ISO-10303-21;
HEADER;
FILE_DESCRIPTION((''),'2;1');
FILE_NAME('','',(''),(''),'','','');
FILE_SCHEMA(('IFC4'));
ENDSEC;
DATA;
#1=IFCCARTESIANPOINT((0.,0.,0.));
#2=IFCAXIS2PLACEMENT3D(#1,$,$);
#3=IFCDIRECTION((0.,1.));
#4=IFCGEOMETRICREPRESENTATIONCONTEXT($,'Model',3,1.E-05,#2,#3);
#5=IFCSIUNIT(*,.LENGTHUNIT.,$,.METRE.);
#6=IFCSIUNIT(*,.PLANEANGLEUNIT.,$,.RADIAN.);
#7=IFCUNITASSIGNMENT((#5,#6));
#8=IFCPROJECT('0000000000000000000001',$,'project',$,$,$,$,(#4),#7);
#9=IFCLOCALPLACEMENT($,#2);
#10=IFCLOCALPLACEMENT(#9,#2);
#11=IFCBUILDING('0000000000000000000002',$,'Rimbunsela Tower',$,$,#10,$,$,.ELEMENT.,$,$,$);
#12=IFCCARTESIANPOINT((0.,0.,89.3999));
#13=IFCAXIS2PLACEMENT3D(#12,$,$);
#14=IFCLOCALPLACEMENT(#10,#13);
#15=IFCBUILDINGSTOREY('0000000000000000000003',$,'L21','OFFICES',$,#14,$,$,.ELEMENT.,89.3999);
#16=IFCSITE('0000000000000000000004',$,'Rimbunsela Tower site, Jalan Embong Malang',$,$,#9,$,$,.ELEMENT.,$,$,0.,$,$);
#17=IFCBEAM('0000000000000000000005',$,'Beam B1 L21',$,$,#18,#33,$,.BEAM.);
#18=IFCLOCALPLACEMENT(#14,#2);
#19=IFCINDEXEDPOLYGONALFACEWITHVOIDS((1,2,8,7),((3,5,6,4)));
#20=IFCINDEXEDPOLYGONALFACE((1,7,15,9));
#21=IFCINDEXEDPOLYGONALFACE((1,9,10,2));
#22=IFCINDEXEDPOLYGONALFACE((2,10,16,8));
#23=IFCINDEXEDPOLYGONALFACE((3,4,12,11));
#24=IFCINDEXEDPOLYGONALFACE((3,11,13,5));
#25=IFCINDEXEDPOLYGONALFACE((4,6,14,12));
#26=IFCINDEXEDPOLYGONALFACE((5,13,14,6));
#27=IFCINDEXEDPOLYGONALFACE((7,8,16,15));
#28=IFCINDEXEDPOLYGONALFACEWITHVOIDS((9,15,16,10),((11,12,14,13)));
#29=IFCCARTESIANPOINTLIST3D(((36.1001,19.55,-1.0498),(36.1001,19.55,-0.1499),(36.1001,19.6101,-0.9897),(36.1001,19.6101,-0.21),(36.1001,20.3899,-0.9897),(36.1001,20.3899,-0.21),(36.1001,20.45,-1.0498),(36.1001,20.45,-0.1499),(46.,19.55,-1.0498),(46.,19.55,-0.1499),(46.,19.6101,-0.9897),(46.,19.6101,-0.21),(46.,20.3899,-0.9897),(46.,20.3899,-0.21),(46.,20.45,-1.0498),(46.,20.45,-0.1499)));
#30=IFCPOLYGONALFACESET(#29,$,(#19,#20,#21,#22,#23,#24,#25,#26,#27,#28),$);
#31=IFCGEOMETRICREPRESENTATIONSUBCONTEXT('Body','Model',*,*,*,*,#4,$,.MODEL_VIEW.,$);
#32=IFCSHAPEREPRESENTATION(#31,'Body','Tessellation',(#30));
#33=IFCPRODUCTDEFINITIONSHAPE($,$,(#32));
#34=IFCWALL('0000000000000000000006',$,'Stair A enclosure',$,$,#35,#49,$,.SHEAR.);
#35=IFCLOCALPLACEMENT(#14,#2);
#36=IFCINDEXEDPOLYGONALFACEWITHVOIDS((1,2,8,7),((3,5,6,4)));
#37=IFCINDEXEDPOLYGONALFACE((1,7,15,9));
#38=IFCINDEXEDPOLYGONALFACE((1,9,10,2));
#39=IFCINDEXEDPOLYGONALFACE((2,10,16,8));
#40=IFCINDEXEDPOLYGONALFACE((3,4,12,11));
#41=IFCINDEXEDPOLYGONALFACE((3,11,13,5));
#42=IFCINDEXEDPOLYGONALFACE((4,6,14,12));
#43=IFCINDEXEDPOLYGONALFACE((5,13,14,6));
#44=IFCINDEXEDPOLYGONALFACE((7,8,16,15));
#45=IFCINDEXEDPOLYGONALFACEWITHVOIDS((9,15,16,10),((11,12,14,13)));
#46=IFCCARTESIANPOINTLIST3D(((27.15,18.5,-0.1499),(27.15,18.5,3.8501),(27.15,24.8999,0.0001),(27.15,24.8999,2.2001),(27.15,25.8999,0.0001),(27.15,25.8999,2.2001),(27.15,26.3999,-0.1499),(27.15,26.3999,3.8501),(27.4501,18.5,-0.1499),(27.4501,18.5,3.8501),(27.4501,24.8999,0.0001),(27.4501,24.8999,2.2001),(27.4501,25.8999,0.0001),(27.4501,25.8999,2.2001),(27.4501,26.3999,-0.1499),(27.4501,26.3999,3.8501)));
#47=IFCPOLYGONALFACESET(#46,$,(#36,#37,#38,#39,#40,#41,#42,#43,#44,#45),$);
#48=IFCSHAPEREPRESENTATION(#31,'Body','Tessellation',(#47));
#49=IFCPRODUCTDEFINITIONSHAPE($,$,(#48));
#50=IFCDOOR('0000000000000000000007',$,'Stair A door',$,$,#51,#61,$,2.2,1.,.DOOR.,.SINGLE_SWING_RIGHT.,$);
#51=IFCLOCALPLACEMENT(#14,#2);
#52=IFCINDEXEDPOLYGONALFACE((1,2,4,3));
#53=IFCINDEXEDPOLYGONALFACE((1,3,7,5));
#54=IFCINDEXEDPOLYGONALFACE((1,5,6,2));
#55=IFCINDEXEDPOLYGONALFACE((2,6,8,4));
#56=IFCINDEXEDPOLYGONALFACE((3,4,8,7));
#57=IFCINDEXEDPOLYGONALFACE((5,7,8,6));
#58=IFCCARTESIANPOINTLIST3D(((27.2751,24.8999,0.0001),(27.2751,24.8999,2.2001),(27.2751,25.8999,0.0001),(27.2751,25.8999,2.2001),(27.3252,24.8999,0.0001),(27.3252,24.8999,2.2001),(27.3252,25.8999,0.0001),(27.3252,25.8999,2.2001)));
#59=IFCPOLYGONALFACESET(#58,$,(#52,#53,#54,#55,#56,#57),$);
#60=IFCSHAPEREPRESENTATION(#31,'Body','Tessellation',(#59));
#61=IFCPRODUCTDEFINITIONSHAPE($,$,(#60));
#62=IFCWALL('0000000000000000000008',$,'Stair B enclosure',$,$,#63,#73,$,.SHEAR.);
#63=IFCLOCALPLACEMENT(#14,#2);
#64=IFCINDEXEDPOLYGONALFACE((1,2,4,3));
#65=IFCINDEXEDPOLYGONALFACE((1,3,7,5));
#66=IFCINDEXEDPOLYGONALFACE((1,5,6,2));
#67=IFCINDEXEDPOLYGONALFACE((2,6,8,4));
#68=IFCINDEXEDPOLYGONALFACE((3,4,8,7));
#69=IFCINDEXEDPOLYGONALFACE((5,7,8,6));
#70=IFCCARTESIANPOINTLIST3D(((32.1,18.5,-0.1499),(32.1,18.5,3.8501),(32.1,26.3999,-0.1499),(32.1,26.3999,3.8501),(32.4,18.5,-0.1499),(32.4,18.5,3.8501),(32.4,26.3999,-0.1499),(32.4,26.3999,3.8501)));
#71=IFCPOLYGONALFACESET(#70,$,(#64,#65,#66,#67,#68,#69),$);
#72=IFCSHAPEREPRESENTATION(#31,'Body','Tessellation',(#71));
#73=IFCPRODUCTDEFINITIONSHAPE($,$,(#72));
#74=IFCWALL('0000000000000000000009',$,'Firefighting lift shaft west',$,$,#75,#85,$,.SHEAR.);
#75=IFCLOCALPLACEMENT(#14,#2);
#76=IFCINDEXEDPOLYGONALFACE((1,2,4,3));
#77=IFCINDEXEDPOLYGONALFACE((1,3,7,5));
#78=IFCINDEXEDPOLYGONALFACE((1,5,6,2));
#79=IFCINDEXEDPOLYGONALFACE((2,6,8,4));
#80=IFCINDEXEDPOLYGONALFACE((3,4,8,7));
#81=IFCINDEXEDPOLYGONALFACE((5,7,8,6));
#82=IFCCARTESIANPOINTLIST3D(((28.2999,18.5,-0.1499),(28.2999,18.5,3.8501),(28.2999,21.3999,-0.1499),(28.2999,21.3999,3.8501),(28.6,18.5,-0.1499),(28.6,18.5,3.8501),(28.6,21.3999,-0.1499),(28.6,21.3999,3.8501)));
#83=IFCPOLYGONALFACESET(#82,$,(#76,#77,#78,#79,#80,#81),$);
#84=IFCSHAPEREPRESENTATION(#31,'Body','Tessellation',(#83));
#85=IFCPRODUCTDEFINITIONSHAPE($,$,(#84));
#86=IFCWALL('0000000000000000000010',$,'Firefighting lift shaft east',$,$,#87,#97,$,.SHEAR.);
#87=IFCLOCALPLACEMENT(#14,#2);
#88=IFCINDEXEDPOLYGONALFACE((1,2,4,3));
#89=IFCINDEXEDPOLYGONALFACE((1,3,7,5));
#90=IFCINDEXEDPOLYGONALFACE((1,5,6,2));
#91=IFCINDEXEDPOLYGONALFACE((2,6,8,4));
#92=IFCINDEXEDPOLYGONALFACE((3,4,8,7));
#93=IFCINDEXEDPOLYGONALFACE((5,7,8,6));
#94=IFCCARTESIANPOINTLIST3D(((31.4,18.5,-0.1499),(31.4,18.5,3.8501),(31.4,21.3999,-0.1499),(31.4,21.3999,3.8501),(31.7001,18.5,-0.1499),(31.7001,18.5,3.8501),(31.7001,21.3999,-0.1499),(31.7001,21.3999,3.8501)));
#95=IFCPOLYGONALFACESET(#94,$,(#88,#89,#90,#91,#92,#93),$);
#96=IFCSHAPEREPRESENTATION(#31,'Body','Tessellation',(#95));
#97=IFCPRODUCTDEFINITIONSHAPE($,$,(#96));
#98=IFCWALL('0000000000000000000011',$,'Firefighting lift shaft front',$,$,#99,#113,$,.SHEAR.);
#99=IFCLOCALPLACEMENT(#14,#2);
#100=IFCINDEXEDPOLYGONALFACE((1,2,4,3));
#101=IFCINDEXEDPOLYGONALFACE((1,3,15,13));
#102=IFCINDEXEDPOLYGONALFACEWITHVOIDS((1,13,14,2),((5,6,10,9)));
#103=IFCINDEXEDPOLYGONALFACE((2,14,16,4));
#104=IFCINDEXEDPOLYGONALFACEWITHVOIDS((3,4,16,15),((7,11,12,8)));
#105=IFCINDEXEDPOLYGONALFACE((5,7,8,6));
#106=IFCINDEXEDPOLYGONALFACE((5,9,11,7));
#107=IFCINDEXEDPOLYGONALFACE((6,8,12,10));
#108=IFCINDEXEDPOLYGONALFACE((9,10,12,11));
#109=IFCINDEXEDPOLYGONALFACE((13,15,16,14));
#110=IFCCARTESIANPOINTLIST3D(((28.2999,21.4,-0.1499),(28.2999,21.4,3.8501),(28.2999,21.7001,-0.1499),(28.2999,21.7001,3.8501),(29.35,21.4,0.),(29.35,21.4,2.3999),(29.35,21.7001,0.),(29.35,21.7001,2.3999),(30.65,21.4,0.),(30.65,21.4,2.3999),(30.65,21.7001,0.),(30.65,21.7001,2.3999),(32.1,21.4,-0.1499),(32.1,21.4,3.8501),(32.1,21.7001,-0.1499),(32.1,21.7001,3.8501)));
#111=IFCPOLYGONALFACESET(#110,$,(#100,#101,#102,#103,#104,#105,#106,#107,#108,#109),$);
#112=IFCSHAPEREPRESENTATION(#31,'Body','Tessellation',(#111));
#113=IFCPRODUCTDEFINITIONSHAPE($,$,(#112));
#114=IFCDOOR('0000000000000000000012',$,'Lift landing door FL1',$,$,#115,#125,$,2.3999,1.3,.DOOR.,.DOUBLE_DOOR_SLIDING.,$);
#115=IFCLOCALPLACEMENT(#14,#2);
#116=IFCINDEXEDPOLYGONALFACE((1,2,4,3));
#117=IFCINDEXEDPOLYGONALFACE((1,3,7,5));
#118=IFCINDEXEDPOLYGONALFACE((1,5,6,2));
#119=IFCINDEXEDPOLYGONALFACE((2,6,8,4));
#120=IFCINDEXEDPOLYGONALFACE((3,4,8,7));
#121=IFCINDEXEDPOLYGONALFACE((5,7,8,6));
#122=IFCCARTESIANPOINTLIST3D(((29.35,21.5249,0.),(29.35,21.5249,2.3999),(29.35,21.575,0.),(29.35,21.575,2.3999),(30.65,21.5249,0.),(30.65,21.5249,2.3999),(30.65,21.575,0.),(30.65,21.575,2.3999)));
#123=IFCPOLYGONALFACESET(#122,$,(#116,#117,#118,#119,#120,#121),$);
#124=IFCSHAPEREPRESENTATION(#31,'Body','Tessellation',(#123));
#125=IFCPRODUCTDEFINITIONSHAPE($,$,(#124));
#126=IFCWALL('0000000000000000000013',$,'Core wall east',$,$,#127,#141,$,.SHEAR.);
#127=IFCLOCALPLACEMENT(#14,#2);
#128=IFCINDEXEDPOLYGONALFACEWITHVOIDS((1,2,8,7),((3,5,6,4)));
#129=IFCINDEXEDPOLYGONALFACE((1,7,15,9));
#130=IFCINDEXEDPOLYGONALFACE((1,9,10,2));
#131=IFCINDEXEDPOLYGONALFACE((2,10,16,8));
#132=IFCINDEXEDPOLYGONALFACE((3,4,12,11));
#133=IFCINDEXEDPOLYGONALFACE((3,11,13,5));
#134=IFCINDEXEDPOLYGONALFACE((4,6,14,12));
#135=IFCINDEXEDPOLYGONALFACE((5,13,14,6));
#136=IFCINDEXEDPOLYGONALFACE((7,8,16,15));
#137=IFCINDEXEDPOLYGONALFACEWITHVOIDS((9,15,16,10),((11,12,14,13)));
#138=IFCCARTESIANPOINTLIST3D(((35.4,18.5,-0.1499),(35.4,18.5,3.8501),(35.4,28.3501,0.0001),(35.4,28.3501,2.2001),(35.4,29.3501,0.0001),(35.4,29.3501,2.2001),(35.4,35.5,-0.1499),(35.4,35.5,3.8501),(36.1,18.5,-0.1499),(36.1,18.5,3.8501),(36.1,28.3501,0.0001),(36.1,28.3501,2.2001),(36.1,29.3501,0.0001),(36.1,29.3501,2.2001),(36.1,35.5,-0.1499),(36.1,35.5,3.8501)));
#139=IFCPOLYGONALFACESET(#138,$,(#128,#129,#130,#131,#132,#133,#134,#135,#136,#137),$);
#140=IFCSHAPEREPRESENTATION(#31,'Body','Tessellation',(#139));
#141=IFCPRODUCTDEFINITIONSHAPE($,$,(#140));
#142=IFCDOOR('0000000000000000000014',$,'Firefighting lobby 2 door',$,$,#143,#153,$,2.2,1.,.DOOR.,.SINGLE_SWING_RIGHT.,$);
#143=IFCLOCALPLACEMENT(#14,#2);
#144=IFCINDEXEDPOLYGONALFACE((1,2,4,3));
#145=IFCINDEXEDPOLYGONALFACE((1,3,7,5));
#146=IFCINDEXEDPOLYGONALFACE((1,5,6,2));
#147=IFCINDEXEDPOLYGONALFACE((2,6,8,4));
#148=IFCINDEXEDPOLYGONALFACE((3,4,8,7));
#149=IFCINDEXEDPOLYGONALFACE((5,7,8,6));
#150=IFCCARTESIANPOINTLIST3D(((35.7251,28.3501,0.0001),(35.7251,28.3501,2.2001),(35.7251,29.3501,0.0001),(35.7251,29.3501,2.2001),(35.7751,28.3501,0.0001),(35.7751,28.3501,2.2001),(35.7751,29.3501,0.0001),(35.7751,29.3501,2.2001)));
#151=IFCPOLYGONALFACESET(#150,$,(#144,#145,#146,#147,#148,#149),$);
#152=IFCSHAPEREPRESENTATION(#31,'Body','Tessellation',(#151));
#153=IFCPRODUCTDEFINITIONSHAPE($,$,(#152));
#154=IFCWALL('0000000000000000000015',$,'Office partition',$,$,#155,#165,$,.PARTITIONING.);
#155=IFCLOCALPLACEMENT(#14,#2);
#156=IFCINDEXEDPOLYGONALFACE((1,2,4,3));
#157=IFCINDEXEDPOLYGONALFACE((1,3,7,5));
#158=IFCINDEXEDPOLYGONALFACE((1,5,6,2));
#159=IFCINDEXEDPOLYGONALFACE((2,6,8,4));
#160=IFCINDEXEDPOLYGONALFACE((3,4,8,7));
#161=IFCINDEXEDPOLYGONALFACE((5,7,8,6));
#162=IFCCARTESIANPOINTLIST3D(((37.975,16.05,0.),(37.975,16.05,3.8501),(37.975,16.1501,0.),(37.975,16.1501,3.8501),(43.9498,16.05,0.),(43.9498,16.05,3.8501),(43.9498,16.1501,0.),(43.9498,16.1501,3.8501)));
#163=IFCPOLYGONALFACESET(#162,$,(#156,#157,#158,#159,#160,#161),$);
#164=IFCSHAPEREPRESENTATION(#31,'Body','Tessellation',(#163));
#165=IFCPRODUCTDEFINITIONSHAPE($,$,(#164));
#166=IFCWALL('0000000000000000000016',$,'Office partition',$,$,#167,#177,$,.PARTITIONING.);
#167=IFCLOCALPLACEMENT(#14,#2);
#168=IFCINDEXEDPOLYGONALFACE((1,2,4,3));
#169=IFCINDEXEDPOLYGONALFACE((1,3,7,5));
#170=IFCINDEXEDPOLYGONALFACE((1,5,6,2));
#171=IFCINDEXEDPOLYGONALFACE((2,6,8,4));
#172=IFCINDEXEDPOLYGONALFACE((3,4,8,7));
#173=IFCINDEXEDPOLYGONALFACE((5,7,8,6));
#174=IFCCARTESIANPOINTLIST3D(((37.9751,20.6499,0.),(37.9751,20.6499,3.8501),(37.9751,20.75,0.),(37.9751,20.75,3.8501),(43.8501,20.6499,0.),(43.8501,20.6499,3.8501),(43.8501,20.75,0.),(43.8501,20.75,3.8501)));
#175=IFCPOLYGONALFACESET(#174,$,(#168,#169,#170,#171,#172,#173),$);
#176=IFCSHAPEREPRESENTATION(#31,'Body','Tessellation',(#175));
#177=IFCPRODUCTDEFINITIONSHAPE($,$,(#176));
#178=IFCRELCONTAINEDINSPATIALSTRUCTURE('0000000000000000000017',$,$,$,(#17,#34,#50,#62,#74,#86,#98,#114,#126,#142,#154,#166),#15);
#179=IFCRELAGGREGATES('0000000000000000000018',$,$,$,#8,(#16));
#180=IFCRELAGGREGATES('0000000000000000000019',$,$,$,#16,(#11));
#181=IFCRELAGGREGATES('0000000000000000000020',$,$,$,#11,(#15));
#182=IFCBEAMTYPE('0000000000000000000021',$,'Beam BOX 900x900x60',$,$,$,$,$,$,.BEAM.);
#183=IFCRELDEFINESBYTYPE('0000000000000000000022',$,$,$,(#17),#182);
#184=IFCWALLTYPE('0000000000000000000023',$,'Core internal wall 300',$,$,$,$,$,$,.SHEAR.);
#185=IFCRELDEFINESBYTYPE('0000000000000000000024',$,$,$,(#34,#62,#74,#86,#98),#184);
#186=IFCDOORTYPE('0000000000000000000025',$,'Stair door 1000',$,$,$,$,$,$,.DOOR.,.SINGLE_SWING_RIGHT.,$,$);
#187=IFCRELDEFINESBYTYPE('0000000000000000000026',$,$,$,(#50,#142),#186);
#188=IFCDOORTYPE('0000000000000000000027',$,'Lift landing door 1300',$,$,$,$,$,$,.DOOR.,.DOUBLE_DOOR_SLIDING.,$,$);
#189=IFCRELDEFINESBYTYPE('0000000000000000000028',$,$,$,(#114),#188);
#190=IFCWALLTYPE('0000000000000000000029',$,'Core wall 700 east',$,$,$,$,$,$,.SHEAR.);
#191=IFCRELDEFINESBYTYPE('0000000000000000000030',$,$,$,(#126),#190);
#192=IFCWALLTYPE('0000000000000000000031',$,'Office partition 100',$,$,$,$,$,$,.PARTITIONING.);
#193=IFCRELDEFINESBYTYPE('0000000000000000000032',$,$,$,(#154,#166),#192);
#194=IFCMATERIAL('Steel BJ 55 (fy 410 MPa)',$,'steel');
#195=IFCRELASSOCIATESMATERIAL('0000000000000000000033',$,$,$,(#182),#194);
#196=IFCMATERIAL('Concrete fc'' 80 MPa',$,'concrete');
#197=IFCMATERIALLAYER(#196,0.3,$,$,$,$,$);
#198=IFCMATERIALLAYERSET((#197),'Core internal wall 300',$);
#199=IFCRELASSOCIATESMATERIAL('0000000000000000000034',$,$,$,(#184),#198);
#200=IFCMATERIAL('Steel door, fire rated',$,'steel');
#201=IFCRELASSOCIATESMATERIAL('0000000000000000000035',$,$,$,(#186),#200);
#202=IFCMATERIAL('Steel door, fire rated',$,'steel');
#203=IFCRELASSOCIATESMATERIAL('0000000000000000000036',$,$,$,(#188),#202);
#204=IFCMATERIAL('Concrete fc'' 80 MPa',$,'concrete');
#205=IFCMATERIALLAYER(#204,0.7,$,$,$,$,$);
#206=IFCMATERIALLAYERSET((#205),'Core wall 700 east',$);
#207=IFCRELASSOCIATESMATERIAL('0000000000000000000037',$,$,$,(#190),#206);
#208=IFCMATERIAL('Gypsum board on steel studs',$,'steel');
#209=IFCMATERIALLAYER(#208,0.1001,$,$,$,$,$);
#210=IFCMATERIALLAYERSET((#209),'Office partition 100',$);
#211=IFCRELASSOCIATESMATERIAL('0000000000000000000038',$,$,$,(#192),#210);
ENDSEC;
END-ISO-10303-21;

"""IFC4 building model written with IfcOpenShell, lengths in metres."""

from ifc_helpers import new_model, si_unit, direction, frame, frame_2d, origin, origin_2d, place, context, subcontext, project, spatial, rectangle, hollow_rectangle, extrude, material, layer, layer_set, material_profile, profile_set, type_object, element, fill, save


model = new_model("IFC4")

# Units and contexts
model_context = context("Model", 3, precision=1e-05, world=origin(), true_north=direction((0.0, 1.0)))
body_context = subcontext(model_context, "Body", "Model", "MODEL_VIEW")
ifc_project = project(units=[si_unit("LENGTHUNIT", "METRE"), si_unit("PLANEANGLEUNIT", "RADIAN")], contexts=[model_context])

# Site, building, storey
site_placement = place(None, origin())
site = spatial("IfcSite", under=ifc_project, at=site_placement, Name="Rimbunsela Tower site, Jalan Embong Malang", CompositionType="ELEMENT", RefElevation=0.0)
building_placement = place(site_placement, origin())
building = spatial("IfcBuilding", under=site, at=building_placement, Name="Rimbunsela Tower", CompositionType="ELEMENT")
storey_placement = place(building_placement, frame((0.0, 0.0, 89.3999)))
storey = spatial("IfcBuildingStorey", under=building, at=storey_placement, Name="L21", Description="OFFICES", CompositionType="ELEMENT", Elevation=89.3999)

# Beam
ifc_material_1 = material(Name="Steel BJ 55 (fy 410 MPa)", Category="steel")
ifc_material_profile = material_profile(ifc_material_1, hollow_rectangle(XDim=0.8999, YDim=0.8999, WallThickness=0.0601, at=origin_2d()), Name="BOX 900x900x60")
ifc_profile_set = profile_set([ifc_material_profile], Name="Steel BJ 55 (fy 410 MPa)")
beam_type = type_object("IfcBeamType", Name="Beam BOX 900x900x60", PredefinedType="BEAM", material=ifc_profile_set)
beam_placement = place(storey_placement, frame((36.1001, 20.0, -0.5999), z_axis=(1.0, 0.0, 0.0), x_axis=(0.0, 1.0, 0.0)))
element("IfcBeam", 1, at=beam_placement, inside=storey, type_object=beam_type, Name="Beam B1 L21", PredefinedType="BEAM", context=body_context, shape_type="SweptSolid", body=[
    extrude(hollow_rectangle(XDim=0.8999, YDim=0.8999, WallThickness=0.0601, at=origin_2d()), origin(), (0.0, 0.0, 1.0), 9.8999),
])

# Wall, opening, door
ifc_material_2 = material(Name="Concrete fc' 80 MPa", Category="concrete")
ifc_layer_1 = layer(ifc_material_2, 0.3)
ifc_layer_set_1 = layer_set([ifc_layer_1], Name="Core internal wall 300")
wall_type_1 = type_object("IfcWallType", Name="Core internal wall 300", PredefinedType="SHEAR", material=ifc_layer_set_1)
wall_1_placement = place(storey_placement, frame((27.3, 18.5, -0.1499), z_axis=(0.0, 0.0, 1.0), x_axis=(0.0, 1.0, 0.0)))
wall_1 = element("IfcWall", 2, at=wall_1_placement, inside=storey, type_object=wall_type_1, Name="Stair A enclosure", PredefinedType="SHEAR", context=body_context, shape_type="SweptSolid", body=[
    extrude(rectangle(XDim=7.8999, YDim=0.3, at=frame_2d((3.95, 0.0))), origin(), (0.0, 0.0, 1.0), 4.0),
])
opening_1_placement = place(wall_1_placement, frame((6.3999, 0.0, 0.1499)))
opening_1 = element("IfcOpeningElement", 3, at=opening_1_placement, cuts=wall_1, PredefinedType="OPENING", context=body_context, shape_type="SweptSolid", body=[
    extrude(rectangle(XDim=1.0, YDim=2.2, at=frame_2d((0.5, 1.1001))), frame((0.0, 0.1599, 0.0), z_axis=(0.0, -1.0, 0.0), x_axis=(1.0, 0.0, 0.0)), (0.0, 0.0, 1.0), 0.3201),
])
ifc_material_3 = material(Name="Steel door, fire rated", Category="steel")
door_type_1 = type_object("IfcDoorType", Name="Stair door 1000", OperationType="SINGLE_SWING_RIGHT", PredefinedType="DOOR", material=ifc_material_3)
door_1_placement = place(opening_1_placement, origin())
door_1 = element("IfcDoor", 4, at=door_1_placement, inside=storey, type_object=door_type_1, Name="Stair A door", OperationType="SINGLE_SWING_RIGHT", OverallHeight=2.2, OverallWidth=1.0, PredefinedType="DOOR", context=body_context, shape_type="SweptSolid", body=[
    extrude(rectangle(XDim=1.0, YDim=2.2, at=frame_2d((0.5, 1.1001))), frame((0.0, 0.0249, 0.0), z_axis=(0.0, -1.0, 0.0), x_axis=(1.0, 0.0, 0.0)), (0.0, 0.0, 1.0), 0.05),
])
fill(opening_1, door_1)

# Walls
wall_2_placement = place(storey_placement, frame((32.25, 18.5, -0.1499), z_axis=(0.0, 0.0, 1.0), x_axis=(0.0, 1.0, 0.0)))
element("IfcWall", 5, at=wall_2_placement, inside=storey, type_object=wall_type_1, Name="Stair B enclosure", PredefinedType="SHEAR", context=body_context, shape_type="SweptSolid", body=[
    extrude(rectangle(XDim=7.8999, YDim=0.3, at=frame_2d((3.95, 0.0))), origin(), (0.0, 0.0, 1.0), 4.0),
])
for number, where, z_axis, x_axis, name in (
    (6, (28.45, 18.5, -0.1499), (0.0, 0.0, 1.0), (0.0, 1.0, 0.0), "Firefighting lift shaft west"),
    (7, (31.55, 18.5, -0.1499), (0.0, 0.0, 1.0), (0.0, 1.0, 0.0), "Firefighting lift shaft east"),
):
    element("IfcWall", number, at=place(storey_placement, frame(where, z_axis=z_axis, x_axis=x_axis)), inside=storey, type_object=wall_type_1, Name=name, PredefinedType="SHEAR", context=body_context, shape_type="SweptSolid", body=[
        extrude(rectangle(XDim=2.8999, YDim=0.3, at=frame_2d((1.45, 0.0))), origin(), (0.0, 0.0, 1.0), 4.0),
    ])

# Walls, openings, doors
wall_3_placement = place(storey_placement, frame((28.3, 21.55, -0.1499), z_axis=(0.0, 0.0, 1.0), x_axis=(1.0, 0.0, 0.0)))
wall_3 = element("IfcWall", 8, at=wall_3_placement, inside=storey, type_object=wall_type_1, Name="Firefighting lift shaft front", PredefinedType="SHEAR", context=body_context, shape_type="SweptSolid", body=[
    extrude(rectangle(XDim=3.8, YDim=0.3, at=frame_2d((1.8999, 0.0))), origin(), (0.0, 0.0, 1.0), 4.0),
])
opening_2_placement = place(wall_3_placement, frame((1.05, 0.0, 0.1499)))
opening_2 = element("IfcOpeningElement", 9, at=opening_2_placement, cuts=wall_3, PredefinedType="OPENING", context=body_context, shape_type="SweptSolid", body=[
    extrude(rectangle(XDim=1.3, YDim=2.3999, at=frame_2d((0.6499, 1.2))), frame((0.0, 0.1599, 0.0), z_axis=(0.0, -1.0, 0.0), x_axis=(1.0, 0.0, 0.0)), (0.0, 0.0, 1.0), 0.3201),
])
ifc_material_4 = material(Name="Steel door, fire rated", Category="steel")
door_type_2 = type_object("IfcDoorType", Name="Lift landing door 1300", OperationType="DOUBLE_DOOR_SLIDING", PredefinedType="DOOR", material=ifc_material_4)
door_2_placement = place(opening_2_placement, origin())
door_2 = element("IfcDoor", 10, at=door_2_placement, inside=storey, type_object=door_type_2, Name="Lift landing door FL1", OperationType="DOUBLE_DOOR_SLIDING", OverallHeight=2.3999, OverallWidth=1.3, PredefinedType="DOOR", context=body_context, shape_type="SweptSolid", body=[
    extrude(rectangle(XDim=1.3, YDim=2.3999, at=frame_2d((0.6499, 1.2))), frame((0.0, 0.0249, 0.0), z_axis=(0.0, -1.0, 0.0), x_axis=(1.0, 0.0, 0.0)), (0.0, 0.0, 1.0), 0.05),
])
fill(opening_2, door_2)
ifc_material_5 = material(Name="Concrete fc' 80 MPa", Category="concrete")
ifc_layer_2 = layer(ifc_material_5, 0.7)
ifc_layer_set_2 = layer_set([ifc_layer_2], Name="Core wall 700 east")
wall_type_2 = type_object("IfcWallType", Name="Core wall 700 east", PredefinedType="SHEAR", material=ifc_layer_set_2)
wall_4_placement = place(storey_placement, frame((35.75, 18.5, -0.1499), z_axis=(0.0, 0.0, 1.0), x_axis=(0.0, 1.0, 0.0)))
wall_4 = element("IfcWall", 11, at=wall_4_placement, inside=storey, type_object=wall_type_2, Name="Core wall east", PredefinedType="SHEAR", context=body_context, shape_type="SweptSolid", body=[
    extrude(rectangle(XDim=17.0, YDim=0.7, at=frame_2d((8.5, 0.0))), origin(), (0.0, 0.0, 1.0), 4.0),
])
opening_3_placement = place(wall_4_placement, frame((9.8501, 0.0, 0.1499)))
opening_3 = element("IfcOpeningElement", 12, at=opening_3_placement, cuts=wall_4, PredefinedType="OPENING", context=body_context, shape_type="SweptSolid", body=[
    extrude(rectangle(XDim=1.0, YDim=2.2, at=frame_2d((0.5, 1.1001))), frame((0.0, 0.3599, 0.0), z_axis=(0.0, -1.0, 0.0), x_axis=(1.0, 0.0, 0.0)), (0.0, 0.0, 1.0), 0.72),
])
door_3_placement = place(opening_3_placement, origin())
door_3 = element("IfcDoor", 13, at=door_3_placement, inside=storey, type_object=door_type_1, Name="Firefighting lobby 2 door", OperationType="SINGLE_SWING_RIGHT", OverallHeight=2.2, OverallWidth=1.0, PredefinedType="DOOR", context=body_context, shape_type="SweptSolid", body=[
    extrude(rectangle(XDim=1.0, YDim=2.2, at=frame_2d((0.5, 1.1001))), frame((0.0, 0.0249, 0.0), z_axis=(0.0, -1.0, 0.0), x_axis=(1.0, 0.0, 0.0)), (0.0, 0.0, 1.0), 0.05),
])
fill(opening_3, door_3)

# Walls
ifc_material_6 = material(Name="Gypsum board on steel studs", Category="steel")
ifc_layer_3 = layer(ifc_material_6, 0.1001)
ifc_layer_set_3 = layer_set([ifc_layer_3], Name="Office partition 100")
wall_type_3 = type_object("IfcWallType", Name="Office partition 100", PredefinedType="PARTITIONING", material=ifc_layer_set_3)
wall_5_placement = place(storey_placement, frame((37.9751, 16.1001, 0.0), z_axis=(0.0, 0.0, 1.0), x_axis=(1.0, 0.0, 0.0)))
element("IfcWall", 14, at=wall_5_placement, inside=storey, type_object=wall_type_3, Name="Office partition", PredefinedType="PARTITIONING", context=body_context, shape_type="SweptSolid", body=[
    extrude(rectangle(XDim=5.9749, YDim=0.1001, at=frame_2d((2.9873, 0.0))), origin(), (0.0, 0.0, 1.0), 3.8501),
])
wall_6_placement = place(storey_placement, frame((37.9751, 20.7, 0.0), z_axis=(0.0, 0.0, 1.0), x_axis=(1.0, 0.0, 0.0)))
element("IfcWall", 15, at=wall_6_placement, inside=storey, type_object=wall_type_3, Name="Office partition", PredefinedType="PARTITIONING", context=body_context, shape_type="SweptSolid", body=[
    extrude(rectangle(XDim=5.875, YDim=0.1001, at=frame_2d((2.9375, 0.0))), origin(), (0.0, 0.0, 1.0), 3.8501),
])

save(model, "model.ifc")
